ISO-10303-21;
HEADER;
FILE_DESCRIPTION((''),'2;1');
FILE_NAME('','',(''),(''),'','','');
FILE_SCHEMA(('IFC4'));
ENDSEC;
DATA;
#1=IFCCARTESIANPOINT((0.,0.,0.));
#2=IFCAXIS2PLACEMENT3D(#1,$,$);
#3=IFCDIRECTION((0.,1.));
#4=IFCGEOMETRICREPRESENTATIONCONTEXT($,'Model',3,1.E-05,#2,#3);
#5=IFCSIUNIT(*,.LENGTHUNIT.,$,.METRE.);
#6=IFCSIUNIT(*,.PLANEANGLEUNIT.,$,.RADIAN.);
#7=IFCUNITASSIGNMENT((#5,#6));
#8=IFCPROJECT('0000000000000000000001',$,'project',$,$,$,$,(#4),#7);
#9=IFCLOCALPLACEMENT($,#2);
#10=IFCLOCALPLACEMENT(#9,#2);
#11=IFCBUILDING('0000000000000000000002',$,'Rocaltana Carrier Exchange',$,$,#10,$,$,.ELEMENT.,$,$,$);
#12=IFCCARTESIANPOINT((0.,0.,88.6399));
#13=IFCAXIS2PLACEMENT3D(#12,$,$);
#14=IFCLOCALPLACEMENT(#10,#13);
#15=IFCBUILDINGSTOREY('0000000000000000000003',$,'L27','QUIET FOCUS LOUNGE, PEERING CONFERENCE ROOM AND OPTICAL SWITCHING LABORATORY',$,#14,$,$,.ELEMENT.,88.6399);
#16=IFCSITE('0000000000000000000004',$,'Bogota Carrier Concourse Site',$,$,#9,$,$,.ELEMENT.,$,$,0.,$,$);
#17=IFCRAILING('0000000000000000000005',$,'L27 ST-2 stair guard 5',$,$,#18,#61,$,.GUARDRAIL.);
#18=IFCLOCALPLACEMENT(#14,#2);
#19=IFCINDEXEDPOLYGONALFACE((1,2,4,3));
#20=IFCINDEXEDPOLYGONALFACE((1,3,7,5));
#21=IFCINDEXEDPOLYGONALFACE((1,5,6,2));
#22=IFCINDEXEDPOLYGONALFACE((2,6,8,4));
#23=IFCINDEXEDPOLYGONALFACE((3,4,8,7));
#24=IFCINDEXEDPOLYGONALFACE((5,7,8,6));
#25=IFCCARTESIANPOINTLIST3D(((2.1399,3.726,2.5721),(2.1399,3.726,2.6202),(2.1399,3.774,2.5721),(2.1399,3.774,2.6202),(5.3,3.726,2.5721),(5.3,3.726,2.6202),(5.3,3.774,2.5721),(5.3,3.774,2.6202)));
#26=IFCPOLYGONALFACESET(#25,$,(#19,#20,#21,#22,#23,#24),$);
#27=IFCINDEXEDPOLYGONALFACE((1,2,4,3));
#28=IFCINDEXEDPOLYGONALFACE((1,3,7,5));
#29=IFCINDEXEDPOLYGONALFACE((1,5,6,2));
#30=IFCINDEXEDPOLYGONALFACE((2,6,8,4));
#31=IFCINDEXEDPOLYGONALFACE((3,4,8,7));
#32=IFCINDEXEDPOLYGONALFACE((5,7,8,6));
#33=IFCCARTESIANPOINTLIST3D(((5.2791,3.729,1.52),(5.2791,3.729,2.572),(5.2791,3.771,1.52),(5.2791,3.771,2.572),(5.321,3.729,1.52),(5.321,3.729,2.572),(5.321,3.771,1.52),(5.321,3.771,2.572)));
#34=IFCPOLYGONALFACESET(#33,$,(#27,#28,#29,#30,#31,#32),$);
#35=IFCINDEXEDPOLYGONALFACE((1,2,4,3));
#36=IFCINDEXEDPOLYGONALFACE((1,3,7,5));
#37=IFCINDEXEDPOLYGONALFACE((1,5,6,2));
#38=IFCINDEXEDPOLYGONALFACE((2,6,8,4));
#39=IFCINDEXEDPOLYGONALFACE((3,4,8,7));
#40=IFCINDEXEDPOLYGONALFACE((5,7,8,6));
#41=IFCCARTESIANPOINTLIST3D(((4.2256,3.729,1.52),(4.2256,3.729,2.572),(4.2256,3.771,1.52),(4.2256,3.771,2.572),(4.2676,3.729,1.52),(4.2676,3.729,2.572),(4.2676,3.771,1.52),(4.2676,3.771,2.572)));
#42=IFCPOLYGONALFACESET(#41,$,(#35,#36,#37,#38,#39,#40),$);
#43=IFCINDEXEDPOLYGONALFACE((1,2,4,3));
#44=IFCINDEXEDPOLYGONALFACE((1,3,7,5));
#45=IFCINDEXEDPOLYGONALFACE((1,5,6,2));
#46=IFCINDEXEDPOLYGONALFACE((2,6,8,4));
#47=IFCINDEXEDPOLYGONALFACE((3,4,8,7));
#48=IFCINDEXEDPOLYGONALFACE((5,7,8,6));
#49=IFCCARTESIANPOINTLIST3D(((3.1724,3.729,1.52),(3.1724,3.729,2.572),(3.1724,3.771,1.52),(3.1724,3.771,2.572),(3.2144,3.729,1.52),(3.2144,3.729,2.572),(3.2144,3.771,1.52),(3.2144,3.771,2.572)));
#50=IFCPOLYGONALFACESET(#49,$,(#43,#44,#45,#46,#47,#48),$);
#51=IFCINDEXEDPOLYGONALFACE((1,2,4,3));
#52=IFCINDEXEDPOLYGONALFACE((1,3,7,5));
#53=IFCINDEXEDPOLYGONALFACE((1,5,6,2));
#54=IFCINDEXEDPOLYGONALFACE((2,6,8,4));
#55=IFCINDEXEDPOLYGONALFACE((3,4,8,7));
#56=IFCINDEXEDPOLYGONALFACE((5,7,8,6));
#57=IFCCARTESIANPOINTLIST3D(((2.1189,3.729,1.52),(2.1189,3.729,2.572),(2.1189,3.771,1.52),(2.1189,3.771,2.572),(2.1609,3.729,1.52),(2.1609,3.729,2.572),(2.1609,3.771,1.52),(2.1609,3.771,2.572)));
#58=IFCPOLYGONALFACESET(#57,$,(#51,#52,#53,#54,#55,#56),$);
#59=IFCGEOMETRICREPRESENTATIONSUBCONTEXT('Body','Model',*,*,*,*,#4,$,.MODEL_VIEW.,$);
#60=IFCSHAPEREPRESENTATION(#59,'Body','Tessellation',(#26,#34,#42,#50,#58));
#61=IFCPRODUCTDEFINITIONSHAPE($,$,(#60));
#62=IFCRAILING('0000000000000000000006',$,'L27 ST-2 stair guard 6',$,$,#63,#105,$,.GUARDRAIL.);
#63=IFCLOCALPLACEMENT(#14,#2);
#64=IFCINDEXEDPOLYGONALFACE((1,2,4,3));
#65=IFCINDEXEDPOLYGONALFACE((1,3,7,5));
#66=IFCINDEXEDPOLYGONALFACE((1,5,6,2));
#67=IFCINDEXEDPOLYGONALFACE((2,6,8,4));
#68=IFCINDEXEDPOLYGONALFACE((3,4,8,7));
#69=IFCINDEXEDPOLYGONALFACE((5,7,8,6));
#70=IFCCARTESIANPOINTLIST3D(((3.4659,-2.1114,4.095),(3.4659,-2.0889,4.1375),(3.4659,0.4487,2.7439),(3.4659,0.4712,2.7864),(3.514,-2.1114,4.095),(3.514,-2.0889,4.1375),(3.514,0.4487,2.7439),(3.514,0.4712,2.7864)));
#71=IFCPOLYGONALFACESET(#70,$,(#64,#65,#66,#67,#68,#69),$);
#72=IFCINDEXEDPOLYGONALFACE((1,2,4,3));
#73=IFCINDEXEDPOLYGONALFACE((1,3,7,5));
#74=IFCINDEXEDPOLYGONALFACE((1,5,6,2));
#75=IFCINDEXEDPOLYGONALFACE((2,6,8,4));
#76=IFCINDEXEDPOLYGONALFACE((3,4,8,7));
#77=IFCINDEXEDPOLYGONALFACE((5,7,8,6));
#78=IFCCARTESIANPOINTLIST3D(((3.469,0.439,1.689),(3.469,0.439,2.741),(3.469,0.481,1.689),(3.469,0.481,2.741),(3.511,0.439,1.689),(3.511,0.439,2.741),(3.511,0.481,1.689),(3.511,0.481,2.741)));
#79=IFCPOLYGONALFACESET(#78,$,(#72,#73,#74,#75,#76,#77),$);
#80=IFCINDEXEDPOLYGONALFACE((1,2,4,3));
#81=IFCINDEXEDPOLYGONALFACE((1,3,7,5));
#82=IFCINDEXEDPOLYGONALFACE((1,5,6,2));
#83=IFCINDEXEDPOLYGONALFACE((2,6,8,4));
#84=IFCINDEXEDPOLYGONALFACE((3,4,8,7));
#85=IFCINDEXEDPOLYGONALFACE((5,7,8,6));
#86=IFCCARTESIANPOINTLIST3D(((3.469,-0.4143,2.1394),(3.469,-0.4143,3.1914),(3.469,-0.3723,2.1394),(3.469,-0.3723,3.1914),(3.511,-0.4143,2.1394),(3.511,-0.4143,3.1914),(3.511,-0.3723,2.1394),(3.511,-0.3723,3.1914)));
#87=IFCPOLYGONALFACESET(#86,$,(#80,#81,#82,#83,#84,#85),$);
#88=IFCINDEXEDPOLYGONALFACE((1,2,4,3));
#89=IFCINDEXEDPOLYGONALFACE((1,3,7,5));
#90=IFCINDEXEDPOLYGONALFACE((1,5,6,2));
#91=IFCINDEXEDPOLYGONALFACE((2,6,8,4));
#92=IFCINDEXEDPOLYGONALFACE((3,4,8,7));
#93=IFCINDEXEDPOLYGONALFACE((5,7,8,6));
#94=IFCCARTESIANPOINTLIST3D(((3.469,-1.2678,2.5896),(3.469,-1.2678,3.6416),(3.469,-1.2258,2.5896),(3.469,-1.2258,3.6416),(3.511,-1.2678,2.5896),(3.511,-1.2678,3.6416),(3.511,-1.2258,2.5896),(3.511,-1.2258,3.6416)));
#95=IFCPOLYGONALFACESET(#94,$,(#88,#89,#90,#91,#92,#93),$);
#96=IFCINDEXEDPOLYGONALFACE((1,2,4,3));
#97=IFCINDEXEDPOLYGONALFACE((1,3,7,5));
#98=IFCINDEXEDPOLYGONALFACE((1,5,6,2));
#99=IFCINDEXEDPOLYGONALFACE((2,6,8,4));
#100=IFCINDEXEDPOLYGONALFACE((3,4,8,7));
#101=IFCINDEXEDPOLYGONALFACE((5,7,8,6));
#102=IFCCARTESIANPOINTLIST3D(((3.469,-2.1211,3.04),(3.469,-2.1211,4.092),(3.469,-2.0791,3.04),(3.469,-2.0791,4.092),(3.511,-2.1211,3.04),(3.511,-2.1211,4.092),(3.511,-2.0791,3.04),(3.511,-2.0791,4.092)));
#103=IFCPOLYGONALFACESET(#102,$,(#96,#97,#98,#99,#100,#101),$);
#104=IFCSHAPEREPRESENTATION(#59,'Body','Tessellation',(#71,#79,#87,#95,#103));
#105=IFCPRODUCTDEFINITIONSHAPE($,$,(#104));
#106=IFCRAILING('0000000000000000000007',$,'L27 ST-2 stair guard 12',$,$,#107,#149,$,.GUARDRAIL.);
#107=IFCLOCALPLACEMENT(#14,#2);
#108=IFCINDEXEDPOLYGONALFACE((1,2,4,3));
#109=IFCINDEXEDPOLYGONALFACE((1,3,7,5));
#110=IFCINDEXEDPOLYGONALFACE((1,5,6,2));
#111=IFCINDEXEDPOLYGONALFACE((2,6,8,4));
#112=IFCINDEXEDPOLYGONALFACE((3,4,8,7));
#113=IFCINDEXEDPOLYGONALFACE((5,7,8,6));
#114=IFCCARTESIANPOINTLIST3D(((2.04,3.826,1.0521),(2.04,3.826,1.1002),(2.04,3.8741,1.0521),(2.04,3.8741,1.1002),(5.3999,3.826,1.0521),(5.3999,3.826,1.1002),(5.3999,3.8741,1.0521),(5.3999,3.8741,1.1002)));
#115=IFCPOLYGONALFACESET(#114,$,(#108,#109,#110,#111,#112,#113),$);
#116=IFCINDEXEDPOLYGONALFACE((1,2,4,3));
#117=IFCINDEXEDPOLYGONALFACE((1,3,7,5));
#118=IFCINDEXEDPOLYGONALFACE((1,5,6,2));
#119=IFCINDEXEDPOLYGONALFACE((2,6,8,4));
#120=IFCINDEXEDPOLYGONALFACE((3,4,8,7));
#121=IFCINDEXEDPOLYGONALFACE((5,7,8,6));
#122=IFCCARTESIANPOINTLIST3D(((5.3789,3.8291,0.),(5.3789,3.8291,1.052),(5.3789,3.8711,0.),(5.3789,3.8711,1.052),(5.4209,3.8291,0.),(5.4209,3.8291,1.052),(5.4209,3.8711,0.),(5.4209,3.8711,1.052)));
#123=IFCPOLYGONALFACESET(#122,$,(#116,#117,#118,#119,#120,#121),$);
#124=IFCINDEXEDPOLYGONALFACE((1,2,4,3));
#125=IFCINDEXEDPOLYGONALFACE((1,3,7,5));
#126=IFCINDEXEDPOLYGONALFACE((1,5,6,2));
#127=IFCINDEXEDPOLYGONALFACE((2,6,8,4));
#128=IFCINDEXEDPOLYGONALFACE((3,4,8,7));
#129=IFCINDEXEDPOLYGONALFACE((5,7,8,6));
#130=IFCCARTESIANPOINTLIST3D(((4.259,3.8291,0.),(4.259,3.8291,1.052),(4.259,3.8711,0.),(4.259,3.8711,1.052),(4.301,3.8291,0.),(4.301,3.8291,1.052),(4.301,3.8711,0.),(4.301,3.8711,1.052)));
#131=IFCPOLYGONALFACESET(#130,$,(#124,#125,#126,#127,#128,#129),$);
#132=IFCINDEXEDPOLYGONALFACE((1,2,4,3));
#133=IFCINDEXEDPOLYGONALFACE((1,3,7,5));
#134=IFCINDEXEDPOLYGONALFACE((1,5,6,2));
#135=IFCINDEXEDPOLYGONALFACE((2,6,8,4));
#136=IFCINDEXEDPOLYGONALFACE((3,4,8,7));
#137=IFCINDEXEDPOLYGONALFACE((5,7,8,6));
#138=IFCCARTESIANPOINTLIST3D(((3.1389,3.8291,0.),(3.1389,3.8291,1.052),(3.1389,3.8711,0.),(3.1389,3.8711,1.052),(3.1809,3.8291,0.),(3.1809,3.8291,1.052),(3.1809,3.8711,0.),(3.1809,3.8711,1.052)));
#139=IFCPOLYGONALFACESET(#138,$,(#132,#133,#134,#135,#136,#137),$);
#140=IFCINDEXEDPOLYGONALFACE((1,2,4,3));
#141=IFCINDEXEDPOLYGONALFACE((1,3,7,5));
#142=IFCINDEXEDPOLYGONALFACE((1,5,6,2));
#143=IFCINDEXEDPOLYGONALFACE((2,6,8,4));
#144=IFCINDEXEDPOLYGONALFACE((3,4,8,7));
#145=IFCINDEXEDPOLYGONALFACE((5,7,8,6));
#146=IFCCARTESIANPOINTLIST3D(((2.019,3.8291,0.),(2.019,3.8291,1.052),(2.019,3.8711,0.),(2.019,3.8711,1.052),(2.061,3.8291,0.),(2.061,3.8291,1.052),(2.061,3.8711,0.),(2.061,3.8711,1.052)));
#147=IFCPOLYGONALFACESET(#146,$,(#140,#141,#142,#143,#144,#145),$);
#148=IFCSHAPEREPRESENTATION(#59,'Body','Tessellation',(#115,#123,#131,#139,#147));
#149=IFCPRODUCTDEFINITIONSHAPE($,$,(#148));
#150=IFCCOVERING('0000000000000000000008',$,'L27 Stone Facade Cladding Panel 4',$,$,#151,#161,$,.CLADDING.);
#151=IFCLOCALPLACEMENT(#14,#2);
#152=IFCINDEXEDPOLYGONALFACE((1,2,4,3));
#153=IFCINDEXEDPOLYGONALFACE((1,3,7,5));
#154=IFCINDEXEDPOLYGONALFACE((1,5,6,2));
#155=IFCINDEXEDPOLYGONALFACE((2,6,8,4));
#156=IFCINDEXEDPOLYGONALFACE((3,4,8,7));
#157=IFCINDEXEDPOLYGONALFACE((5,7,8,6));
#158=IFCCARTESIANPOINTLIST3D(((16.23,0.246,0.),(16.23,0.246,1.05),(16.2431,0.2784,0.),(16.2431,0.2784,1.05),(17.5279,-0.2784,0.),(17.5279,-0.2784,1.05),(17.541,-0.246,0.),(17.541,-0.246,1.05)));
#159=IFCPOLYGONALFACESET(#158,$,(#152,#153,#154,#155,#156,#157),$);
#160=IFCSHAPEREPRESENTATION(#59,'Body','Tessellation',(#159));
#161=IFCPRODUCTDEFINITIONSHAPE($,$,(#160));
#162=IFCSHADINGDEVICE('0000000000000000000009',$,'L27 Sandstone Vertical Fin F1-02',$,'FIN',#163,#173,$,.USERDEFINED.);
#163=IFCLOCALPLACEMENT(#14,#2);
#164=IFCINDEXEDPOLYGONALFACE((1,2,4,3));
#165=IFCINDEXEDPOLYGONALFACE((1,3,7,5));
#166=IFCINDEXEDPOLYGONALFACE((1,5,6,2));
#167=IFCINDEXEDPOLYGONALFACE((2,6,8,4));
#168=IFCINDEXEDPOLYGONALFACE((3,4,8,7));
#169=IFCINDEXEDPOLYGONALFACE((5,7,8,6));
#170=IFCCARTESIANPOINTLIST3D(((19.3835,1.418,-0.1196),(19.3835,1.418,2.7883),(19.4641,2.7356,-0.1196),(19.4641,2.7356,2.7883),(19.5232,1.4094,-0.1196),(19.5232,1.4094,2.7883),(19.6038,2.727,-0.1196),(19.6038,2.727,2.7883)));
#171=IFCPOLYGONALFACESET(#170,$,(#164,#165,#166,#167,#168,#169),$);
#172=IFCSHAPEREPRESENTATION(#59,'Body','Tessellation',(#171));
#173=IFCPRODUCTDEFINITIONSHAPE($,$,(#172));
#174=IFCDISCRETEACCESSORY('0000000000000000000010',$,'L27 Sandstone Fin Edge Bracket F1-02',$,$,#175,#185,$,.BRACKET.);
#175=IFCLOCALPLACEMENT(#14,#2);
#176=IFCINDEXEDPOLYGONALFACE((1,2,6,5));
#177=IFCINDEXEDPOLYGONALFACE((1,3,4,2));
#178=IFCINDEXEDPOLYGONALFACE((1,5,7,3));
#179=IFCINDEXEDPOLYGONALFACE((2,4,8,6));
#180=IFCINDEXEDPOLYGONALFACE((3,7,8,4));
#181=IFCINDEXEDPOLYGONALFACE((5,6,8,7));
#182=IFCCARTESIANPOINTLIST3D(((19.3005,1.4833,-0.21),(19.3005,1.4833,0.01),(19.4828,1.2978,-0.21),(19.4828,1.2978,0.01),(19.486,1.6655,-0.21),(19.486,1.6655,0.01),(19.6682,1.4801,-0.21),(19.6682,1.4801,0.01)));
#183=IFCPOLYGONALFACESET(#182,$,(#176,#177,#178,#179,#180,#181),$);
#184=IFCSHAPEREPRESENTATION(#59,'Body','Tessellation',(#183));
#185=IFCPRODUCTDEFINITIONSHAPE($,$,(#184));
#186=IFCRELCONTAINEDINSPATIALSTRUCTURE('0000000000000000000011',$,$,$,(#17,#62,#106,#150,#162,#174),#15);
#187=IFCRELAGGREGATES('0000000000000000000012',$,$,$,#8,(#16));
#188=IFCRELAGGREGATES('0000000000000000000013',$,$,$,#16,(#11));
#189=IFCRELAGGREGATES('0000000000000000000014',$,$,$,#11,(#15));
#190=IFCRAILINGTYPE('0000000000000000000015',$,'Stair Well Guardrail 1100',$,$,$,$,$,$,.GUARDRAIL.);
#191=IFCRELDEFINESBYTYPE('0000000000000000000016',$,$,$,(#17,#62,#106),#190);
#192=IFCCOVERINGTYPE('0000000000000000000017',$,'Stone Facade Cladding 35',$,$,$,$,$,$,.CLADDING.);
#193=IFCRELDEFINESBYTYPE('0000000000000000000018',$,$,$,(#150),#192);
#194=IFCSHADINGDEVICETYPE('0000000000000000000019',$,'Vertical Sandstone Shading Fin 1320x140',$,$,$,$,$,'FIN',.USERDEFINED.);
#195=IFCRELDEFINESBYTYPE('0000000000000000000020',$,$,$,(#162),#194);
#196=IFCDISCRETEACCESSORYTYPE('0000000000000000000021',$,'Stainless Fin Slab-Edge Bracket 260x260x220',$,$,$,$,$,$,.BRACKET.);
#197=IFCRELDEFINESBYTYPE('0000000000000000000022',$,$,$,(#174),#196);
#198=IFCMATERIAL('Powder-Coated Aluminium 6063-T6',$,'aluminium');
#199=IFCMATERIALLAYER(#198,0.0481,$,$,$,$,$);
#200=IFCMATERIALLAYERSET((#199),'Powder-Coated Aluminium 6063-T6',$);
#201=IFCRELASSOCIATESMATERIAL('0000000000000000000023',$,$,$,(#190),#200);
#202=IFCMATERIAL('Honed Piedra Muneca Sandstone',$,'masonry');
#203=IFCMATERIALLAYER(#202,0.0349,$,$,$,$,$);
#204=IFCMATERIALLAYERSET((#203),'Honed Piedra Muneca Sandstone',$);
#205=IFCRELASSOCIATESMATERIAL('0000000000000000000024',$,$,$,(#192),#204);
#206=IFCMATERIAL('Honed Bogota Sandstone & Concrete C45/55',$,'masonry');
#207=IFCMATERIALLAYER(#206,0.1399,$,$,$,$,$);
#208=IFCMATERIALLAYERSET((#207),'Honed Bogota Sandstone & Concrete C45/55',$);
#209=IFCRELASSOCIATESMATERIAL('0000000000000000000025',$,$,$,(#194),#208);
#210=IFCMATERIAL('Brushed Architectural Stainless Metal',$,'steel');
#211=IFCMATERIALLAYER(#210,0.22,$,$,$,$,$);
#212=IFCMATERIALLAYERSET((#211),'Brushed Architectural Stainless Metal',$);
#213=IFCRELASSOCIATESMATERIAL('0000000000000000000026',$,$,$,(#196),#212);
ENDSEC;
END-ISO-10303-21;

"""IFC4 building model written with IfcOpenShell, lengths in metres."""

from ifc_helpers import new_model, si_unit, direction, frame, origin, origin_2d, place, context, subcontext, project, spatial, rectangle, extrude, material, layer, layer_set, type_object, element, save


model = new_model("IFC4")

# Units and contexts
model_context = context("Model", 3, precision=1e-05, world=origin(), true_north=direction((0.0, 1.0)))
body_context = subcontext(model_context, "Body", "Model", "MODEL_VIEW")
ifc_project = project(units=[si_unit("LENGTHUNIT", "METRE"), si_unit("PLANEANGLEUNIT", "RADIAN")], contexts=[model_context])

# Site, building, storey
site_placement = place(None, origin())
site = spatial("IfcSite", under=ifc_project, at=site_placement, Name="Bogota Carrier Concourse Site", CompositionType="ELEMENT", RefElevation=0.0)
building_placement = place(site_placement, origin())
building = spatial("IfcBuilding", under=site, at=building_placement, Name="Rocaltana Carrier Exchange", CompositionType="ELEMENT")
storey_placement = place(building_placement, frame((0.0, 0.0, 88.6399)))
storey = spatial("IfcBuildingStorey", under=building, at=storey_placement, Name="L27", Description="QUIET FOCUS LOUNGE, PEERING CONFERENCE ROOM AND OPTICAL SWITCHING LABORATORY", CompositionType="ELEMENT", Elevation=88.6399)

# Railings
ifc_material_1 = material(Name="Powder-Coated Aluminium 6063-T6", Category="aluminium")
ifc_layer_1 = layer(ifc_material_1, 0.0481)
ifc_layer_set_1 = layer_set([ifc_layer_1], Name="Powder-Coated Aluminium 6063-T6")
railing_type = type_object("IfcRailingType", Name="Stair Well Guardrail 1100", PredefinedType="GUARDRAIL", material=ifc_layer_set_1)
railing_1_placement = place(storey_placement, frame((5.3, 3.75, 1.52)))
element("IfcRailing", 1, at=railing_1_placement, inside=storey, type_object=railing_type, Name="L27 ST-2 stair guard 5", PredefinedType="GUARDRAIL", context=body_context, shape_type="SweptSolid", body=[
    extrude(rectangle(XDim=0.0481, YDim=0.0481, at=origin_2d()), frame((0.0, 0.0, 1.0762), z_axis=(-1.0, 0.0, 0.0), x_axis=(0.0, -1.0, 0.0)), (0.0, 0.0, 1.0), 3.1602),
    extrude(rectangle(XDim=0.042, YDim=0.042, at=origin_2d()), origin(), (0.0, 0.0, 1.0), 1.052),
    extrude(rectangle(XDim=0.042, YDim=0.042, at=origin_2d()), frame((-1.0535, 0.0, 0.0)), (0.0, 0.0, 1.0), 1.052),
    extrude(rectangle(XDim=0.042, YDim=0.042, at=origin_2d()), frame((-2.1067, 0.0, 0.0)), (0.0, 0.0, 1.0), 1.052),
    extrude(rectangle(XDim=0.042, YDim=0.042, at=origin_2d()), frame((-3.1602, 0.0, 0.0)), (0.0, 0.0, 1.0), 1.052),
])
railing_2_placement = place(storey_placement, frame((3.49, 0.46, 1.689)))
element("IfcRailing", 2, at=railing_2_placement, inside=storey, type_object=railing_type, Name="L27 ST-2 stair guard 6", PredefinedType="GUARDRAIL", context=body_context, shape_type="SweptSolid", body=[
    extrude(rectangle(XDim=0.0481, YDim=0.0481, at=origin_2d()), frame((0.0, 0.0, 1.0762), z_axis=(0.0, -0.884394, 0.46674), x_axis=(1.0, 0.0, 0.0)), (0.0, 0.0, 1.0), 2.8948),
    extrude(rectangle(XDim=0.042, YDim=0.042, at=origin_2d()), origin(), (0.0, 0.0, 1.0), 1.052),
    extrude(rectangle(XDim=0.042, YDim=0.042, at=origin_2d()), frame((0.0, -0.8533, 0.4504)), (0.0, 0.0, 1.0), 1.052),
    extrude(rectangle(XDim=0.042, YDim=0.042, at=origin_2d()), frame((0.0, -1.7068, 0.9006)), (0.0, 0.0, 1.0), 1.052),
    extrude(rectangle(XDim=0.042, YDim=0.042, at=origin_2d()), frame((0.0, -2.5601, 1.3511)), (0.0, 0.0, 1.0), 1.052),
])
railing_3_placement = place(storey_placement, frame((5.3999, 3.8501, 0.0)))
element("IfcRailing", 3, at=railing_3_placement, inside=storey, type_object=railing_type, Name="L27 ST-2 stair guard 12", PredefinedType="GUARDRAIL", context=body_context, shape_type="SweptSolid", body=[
    extrude(rectangle(XDim=0.0481, YDim=0.0481, at=origin_2d()), frame((0.0, 0.0, 1.0762), z_axis=(-1.0, 0.0, 0.0), x_axis=(0.0, -1.0, 0.0)), (0.0, 0.0, 1.0), 3.3599),
    extrude(rectangle(XDim=0.042, YDim=0.042, at=origin_2d()), origin(), (0.0, 0.0, 1.0), 1.052),
    extrude(rectangle(XDim=0.042, YDim=0.042, at=origin_2d()), frame((-1.1199, 0.0, 0.0)), (0.0, 0.0, 1.0), 1.052),
    extrude(rectangle(XDim=0.042, YDim=0.042, at=origin_2d()), frame((-2.24, 0.0, 0.0)), (0.0, 0.0, 1.0), 1.052),
    extrude(rectangle(XDim=0.042, YDim=0.042, at=origin_2d()), frame((-3.3599, 0.0, 0.0)), (0.0, 0.0, 1.0), 1.052),
])

# Covering
ifc_material_2 = material(Name="Honed Piedra Muneca Sandstone", Category="masonry")
ifc_layer_2 = layer(ifc_material_2, 0.0349)
ifc_layer_set_2 = layer_set([ifc_layer_2], Name="Honed Piedra Muneca Sandstone")
covering_type = type_object("IfcCoveringType", Name="Stone Facade Cladding 35", PredefinedType="CLADDING", material=ifc_layer_set_2)
covering_placement = place(storey_placement, frame((16.8855, 0.0, 0.0), z_axis=(0.0, 0.0, 1.0), x_axis=(-0.927184, 0.374607, 0.0)))
element("IfcCovering", 4, at=covering_placement, inside=storey, type_object=covering_type, Name="L27 Stone Facade Cladding Panel 4", PredefinedType="CLADDING", context=body_context, shape_type="SweptSolid", body=[
    extrude(rectangle(XDim=1.3999, YDim=0.0349, at=origin_2d()), origin(), (0.0, 0.0, 1.0), 1.05),
])

# Shading device
ifc_material_3 = material(Name="Honed Bogota Sandstone & Concrete C45/55", Category="masonry")
ifc_layer_3 = layer(ifc_material_3, 0.1399)
ifc_layer_set_3 = layer_set([ifc_layer_3], Name="Honed Bogota Sandstone & Concrete C45/55")
shading_device_type = type_object("IfcShadingDeviceType", Name="Vertical Sandstone Shading Fin 1320x140", ElementType="FIN", PredefinedType="USERDEFINED", material=ifc_layer_set_3)
shading_device_placement = place(storey_placement, frame((19.4937, 2.0725, -0.1196), z_axis=(0.0, 0.0, 1.0), x_axis=(0.061049, 0.998135, 0.0)))
element("IfcShadingDevice", 5, at=shading_device_placement, inside=storey, type_object=shading_device_type, Name="L27 Sandstone Vertical Fin F1-02", ObjectType="FIN", PredefinedType="USERDEFINED", context=body_context, shape_type="SweptSolid", body=[
    extrude(rectangle(XDim=1.3201, YDim=0.1399, at=origin_2d()), origin(), (0.0, 0.0, 1.0), 2.908),
])

# Discrete accessory
ifc_material_4 = material(Name="Brushed Architectural Stainless Metal", Category="steel")
ifc_layer_4 = layer(ifc_material_4, 0.22)
ifc_layer_set_4 = layer_set([ifc_layer_4], Name="Brushed Architectural Stainless Metal")
discrete_accessory_type = type_object("IfcDiscreteAccessoryType", Name="Stainless Fin Slab-Edge Bracket 260x260x220", PredefinedType="BRACKET", material=ifc_layer_set_4)
discrete_accessory_placement = place(storey_placement, frame((19.4844, 1.4817, -0.21), z_axis=(0.0, 0.0, 1.0), x_axis=(-0.700909, 0.71325, 0.0)))
element("IfcDiscreteAccessory", 6, at=discrete_accessory_placement, inside=storey, type_object=discrete_accessory_type, Name="L27 Sandstone Fin Edge Bracket F1-02", PredefinedType="BRACKET", context=body_context, shape_type="SweptSolid", body=[
    extrude(rectangle(XDim=0.26, YDim=0.26, at=origin_2d()), origin(), (0.0, 0.0, 1.0), 0.22),
])

save(model, "model.ifc")
